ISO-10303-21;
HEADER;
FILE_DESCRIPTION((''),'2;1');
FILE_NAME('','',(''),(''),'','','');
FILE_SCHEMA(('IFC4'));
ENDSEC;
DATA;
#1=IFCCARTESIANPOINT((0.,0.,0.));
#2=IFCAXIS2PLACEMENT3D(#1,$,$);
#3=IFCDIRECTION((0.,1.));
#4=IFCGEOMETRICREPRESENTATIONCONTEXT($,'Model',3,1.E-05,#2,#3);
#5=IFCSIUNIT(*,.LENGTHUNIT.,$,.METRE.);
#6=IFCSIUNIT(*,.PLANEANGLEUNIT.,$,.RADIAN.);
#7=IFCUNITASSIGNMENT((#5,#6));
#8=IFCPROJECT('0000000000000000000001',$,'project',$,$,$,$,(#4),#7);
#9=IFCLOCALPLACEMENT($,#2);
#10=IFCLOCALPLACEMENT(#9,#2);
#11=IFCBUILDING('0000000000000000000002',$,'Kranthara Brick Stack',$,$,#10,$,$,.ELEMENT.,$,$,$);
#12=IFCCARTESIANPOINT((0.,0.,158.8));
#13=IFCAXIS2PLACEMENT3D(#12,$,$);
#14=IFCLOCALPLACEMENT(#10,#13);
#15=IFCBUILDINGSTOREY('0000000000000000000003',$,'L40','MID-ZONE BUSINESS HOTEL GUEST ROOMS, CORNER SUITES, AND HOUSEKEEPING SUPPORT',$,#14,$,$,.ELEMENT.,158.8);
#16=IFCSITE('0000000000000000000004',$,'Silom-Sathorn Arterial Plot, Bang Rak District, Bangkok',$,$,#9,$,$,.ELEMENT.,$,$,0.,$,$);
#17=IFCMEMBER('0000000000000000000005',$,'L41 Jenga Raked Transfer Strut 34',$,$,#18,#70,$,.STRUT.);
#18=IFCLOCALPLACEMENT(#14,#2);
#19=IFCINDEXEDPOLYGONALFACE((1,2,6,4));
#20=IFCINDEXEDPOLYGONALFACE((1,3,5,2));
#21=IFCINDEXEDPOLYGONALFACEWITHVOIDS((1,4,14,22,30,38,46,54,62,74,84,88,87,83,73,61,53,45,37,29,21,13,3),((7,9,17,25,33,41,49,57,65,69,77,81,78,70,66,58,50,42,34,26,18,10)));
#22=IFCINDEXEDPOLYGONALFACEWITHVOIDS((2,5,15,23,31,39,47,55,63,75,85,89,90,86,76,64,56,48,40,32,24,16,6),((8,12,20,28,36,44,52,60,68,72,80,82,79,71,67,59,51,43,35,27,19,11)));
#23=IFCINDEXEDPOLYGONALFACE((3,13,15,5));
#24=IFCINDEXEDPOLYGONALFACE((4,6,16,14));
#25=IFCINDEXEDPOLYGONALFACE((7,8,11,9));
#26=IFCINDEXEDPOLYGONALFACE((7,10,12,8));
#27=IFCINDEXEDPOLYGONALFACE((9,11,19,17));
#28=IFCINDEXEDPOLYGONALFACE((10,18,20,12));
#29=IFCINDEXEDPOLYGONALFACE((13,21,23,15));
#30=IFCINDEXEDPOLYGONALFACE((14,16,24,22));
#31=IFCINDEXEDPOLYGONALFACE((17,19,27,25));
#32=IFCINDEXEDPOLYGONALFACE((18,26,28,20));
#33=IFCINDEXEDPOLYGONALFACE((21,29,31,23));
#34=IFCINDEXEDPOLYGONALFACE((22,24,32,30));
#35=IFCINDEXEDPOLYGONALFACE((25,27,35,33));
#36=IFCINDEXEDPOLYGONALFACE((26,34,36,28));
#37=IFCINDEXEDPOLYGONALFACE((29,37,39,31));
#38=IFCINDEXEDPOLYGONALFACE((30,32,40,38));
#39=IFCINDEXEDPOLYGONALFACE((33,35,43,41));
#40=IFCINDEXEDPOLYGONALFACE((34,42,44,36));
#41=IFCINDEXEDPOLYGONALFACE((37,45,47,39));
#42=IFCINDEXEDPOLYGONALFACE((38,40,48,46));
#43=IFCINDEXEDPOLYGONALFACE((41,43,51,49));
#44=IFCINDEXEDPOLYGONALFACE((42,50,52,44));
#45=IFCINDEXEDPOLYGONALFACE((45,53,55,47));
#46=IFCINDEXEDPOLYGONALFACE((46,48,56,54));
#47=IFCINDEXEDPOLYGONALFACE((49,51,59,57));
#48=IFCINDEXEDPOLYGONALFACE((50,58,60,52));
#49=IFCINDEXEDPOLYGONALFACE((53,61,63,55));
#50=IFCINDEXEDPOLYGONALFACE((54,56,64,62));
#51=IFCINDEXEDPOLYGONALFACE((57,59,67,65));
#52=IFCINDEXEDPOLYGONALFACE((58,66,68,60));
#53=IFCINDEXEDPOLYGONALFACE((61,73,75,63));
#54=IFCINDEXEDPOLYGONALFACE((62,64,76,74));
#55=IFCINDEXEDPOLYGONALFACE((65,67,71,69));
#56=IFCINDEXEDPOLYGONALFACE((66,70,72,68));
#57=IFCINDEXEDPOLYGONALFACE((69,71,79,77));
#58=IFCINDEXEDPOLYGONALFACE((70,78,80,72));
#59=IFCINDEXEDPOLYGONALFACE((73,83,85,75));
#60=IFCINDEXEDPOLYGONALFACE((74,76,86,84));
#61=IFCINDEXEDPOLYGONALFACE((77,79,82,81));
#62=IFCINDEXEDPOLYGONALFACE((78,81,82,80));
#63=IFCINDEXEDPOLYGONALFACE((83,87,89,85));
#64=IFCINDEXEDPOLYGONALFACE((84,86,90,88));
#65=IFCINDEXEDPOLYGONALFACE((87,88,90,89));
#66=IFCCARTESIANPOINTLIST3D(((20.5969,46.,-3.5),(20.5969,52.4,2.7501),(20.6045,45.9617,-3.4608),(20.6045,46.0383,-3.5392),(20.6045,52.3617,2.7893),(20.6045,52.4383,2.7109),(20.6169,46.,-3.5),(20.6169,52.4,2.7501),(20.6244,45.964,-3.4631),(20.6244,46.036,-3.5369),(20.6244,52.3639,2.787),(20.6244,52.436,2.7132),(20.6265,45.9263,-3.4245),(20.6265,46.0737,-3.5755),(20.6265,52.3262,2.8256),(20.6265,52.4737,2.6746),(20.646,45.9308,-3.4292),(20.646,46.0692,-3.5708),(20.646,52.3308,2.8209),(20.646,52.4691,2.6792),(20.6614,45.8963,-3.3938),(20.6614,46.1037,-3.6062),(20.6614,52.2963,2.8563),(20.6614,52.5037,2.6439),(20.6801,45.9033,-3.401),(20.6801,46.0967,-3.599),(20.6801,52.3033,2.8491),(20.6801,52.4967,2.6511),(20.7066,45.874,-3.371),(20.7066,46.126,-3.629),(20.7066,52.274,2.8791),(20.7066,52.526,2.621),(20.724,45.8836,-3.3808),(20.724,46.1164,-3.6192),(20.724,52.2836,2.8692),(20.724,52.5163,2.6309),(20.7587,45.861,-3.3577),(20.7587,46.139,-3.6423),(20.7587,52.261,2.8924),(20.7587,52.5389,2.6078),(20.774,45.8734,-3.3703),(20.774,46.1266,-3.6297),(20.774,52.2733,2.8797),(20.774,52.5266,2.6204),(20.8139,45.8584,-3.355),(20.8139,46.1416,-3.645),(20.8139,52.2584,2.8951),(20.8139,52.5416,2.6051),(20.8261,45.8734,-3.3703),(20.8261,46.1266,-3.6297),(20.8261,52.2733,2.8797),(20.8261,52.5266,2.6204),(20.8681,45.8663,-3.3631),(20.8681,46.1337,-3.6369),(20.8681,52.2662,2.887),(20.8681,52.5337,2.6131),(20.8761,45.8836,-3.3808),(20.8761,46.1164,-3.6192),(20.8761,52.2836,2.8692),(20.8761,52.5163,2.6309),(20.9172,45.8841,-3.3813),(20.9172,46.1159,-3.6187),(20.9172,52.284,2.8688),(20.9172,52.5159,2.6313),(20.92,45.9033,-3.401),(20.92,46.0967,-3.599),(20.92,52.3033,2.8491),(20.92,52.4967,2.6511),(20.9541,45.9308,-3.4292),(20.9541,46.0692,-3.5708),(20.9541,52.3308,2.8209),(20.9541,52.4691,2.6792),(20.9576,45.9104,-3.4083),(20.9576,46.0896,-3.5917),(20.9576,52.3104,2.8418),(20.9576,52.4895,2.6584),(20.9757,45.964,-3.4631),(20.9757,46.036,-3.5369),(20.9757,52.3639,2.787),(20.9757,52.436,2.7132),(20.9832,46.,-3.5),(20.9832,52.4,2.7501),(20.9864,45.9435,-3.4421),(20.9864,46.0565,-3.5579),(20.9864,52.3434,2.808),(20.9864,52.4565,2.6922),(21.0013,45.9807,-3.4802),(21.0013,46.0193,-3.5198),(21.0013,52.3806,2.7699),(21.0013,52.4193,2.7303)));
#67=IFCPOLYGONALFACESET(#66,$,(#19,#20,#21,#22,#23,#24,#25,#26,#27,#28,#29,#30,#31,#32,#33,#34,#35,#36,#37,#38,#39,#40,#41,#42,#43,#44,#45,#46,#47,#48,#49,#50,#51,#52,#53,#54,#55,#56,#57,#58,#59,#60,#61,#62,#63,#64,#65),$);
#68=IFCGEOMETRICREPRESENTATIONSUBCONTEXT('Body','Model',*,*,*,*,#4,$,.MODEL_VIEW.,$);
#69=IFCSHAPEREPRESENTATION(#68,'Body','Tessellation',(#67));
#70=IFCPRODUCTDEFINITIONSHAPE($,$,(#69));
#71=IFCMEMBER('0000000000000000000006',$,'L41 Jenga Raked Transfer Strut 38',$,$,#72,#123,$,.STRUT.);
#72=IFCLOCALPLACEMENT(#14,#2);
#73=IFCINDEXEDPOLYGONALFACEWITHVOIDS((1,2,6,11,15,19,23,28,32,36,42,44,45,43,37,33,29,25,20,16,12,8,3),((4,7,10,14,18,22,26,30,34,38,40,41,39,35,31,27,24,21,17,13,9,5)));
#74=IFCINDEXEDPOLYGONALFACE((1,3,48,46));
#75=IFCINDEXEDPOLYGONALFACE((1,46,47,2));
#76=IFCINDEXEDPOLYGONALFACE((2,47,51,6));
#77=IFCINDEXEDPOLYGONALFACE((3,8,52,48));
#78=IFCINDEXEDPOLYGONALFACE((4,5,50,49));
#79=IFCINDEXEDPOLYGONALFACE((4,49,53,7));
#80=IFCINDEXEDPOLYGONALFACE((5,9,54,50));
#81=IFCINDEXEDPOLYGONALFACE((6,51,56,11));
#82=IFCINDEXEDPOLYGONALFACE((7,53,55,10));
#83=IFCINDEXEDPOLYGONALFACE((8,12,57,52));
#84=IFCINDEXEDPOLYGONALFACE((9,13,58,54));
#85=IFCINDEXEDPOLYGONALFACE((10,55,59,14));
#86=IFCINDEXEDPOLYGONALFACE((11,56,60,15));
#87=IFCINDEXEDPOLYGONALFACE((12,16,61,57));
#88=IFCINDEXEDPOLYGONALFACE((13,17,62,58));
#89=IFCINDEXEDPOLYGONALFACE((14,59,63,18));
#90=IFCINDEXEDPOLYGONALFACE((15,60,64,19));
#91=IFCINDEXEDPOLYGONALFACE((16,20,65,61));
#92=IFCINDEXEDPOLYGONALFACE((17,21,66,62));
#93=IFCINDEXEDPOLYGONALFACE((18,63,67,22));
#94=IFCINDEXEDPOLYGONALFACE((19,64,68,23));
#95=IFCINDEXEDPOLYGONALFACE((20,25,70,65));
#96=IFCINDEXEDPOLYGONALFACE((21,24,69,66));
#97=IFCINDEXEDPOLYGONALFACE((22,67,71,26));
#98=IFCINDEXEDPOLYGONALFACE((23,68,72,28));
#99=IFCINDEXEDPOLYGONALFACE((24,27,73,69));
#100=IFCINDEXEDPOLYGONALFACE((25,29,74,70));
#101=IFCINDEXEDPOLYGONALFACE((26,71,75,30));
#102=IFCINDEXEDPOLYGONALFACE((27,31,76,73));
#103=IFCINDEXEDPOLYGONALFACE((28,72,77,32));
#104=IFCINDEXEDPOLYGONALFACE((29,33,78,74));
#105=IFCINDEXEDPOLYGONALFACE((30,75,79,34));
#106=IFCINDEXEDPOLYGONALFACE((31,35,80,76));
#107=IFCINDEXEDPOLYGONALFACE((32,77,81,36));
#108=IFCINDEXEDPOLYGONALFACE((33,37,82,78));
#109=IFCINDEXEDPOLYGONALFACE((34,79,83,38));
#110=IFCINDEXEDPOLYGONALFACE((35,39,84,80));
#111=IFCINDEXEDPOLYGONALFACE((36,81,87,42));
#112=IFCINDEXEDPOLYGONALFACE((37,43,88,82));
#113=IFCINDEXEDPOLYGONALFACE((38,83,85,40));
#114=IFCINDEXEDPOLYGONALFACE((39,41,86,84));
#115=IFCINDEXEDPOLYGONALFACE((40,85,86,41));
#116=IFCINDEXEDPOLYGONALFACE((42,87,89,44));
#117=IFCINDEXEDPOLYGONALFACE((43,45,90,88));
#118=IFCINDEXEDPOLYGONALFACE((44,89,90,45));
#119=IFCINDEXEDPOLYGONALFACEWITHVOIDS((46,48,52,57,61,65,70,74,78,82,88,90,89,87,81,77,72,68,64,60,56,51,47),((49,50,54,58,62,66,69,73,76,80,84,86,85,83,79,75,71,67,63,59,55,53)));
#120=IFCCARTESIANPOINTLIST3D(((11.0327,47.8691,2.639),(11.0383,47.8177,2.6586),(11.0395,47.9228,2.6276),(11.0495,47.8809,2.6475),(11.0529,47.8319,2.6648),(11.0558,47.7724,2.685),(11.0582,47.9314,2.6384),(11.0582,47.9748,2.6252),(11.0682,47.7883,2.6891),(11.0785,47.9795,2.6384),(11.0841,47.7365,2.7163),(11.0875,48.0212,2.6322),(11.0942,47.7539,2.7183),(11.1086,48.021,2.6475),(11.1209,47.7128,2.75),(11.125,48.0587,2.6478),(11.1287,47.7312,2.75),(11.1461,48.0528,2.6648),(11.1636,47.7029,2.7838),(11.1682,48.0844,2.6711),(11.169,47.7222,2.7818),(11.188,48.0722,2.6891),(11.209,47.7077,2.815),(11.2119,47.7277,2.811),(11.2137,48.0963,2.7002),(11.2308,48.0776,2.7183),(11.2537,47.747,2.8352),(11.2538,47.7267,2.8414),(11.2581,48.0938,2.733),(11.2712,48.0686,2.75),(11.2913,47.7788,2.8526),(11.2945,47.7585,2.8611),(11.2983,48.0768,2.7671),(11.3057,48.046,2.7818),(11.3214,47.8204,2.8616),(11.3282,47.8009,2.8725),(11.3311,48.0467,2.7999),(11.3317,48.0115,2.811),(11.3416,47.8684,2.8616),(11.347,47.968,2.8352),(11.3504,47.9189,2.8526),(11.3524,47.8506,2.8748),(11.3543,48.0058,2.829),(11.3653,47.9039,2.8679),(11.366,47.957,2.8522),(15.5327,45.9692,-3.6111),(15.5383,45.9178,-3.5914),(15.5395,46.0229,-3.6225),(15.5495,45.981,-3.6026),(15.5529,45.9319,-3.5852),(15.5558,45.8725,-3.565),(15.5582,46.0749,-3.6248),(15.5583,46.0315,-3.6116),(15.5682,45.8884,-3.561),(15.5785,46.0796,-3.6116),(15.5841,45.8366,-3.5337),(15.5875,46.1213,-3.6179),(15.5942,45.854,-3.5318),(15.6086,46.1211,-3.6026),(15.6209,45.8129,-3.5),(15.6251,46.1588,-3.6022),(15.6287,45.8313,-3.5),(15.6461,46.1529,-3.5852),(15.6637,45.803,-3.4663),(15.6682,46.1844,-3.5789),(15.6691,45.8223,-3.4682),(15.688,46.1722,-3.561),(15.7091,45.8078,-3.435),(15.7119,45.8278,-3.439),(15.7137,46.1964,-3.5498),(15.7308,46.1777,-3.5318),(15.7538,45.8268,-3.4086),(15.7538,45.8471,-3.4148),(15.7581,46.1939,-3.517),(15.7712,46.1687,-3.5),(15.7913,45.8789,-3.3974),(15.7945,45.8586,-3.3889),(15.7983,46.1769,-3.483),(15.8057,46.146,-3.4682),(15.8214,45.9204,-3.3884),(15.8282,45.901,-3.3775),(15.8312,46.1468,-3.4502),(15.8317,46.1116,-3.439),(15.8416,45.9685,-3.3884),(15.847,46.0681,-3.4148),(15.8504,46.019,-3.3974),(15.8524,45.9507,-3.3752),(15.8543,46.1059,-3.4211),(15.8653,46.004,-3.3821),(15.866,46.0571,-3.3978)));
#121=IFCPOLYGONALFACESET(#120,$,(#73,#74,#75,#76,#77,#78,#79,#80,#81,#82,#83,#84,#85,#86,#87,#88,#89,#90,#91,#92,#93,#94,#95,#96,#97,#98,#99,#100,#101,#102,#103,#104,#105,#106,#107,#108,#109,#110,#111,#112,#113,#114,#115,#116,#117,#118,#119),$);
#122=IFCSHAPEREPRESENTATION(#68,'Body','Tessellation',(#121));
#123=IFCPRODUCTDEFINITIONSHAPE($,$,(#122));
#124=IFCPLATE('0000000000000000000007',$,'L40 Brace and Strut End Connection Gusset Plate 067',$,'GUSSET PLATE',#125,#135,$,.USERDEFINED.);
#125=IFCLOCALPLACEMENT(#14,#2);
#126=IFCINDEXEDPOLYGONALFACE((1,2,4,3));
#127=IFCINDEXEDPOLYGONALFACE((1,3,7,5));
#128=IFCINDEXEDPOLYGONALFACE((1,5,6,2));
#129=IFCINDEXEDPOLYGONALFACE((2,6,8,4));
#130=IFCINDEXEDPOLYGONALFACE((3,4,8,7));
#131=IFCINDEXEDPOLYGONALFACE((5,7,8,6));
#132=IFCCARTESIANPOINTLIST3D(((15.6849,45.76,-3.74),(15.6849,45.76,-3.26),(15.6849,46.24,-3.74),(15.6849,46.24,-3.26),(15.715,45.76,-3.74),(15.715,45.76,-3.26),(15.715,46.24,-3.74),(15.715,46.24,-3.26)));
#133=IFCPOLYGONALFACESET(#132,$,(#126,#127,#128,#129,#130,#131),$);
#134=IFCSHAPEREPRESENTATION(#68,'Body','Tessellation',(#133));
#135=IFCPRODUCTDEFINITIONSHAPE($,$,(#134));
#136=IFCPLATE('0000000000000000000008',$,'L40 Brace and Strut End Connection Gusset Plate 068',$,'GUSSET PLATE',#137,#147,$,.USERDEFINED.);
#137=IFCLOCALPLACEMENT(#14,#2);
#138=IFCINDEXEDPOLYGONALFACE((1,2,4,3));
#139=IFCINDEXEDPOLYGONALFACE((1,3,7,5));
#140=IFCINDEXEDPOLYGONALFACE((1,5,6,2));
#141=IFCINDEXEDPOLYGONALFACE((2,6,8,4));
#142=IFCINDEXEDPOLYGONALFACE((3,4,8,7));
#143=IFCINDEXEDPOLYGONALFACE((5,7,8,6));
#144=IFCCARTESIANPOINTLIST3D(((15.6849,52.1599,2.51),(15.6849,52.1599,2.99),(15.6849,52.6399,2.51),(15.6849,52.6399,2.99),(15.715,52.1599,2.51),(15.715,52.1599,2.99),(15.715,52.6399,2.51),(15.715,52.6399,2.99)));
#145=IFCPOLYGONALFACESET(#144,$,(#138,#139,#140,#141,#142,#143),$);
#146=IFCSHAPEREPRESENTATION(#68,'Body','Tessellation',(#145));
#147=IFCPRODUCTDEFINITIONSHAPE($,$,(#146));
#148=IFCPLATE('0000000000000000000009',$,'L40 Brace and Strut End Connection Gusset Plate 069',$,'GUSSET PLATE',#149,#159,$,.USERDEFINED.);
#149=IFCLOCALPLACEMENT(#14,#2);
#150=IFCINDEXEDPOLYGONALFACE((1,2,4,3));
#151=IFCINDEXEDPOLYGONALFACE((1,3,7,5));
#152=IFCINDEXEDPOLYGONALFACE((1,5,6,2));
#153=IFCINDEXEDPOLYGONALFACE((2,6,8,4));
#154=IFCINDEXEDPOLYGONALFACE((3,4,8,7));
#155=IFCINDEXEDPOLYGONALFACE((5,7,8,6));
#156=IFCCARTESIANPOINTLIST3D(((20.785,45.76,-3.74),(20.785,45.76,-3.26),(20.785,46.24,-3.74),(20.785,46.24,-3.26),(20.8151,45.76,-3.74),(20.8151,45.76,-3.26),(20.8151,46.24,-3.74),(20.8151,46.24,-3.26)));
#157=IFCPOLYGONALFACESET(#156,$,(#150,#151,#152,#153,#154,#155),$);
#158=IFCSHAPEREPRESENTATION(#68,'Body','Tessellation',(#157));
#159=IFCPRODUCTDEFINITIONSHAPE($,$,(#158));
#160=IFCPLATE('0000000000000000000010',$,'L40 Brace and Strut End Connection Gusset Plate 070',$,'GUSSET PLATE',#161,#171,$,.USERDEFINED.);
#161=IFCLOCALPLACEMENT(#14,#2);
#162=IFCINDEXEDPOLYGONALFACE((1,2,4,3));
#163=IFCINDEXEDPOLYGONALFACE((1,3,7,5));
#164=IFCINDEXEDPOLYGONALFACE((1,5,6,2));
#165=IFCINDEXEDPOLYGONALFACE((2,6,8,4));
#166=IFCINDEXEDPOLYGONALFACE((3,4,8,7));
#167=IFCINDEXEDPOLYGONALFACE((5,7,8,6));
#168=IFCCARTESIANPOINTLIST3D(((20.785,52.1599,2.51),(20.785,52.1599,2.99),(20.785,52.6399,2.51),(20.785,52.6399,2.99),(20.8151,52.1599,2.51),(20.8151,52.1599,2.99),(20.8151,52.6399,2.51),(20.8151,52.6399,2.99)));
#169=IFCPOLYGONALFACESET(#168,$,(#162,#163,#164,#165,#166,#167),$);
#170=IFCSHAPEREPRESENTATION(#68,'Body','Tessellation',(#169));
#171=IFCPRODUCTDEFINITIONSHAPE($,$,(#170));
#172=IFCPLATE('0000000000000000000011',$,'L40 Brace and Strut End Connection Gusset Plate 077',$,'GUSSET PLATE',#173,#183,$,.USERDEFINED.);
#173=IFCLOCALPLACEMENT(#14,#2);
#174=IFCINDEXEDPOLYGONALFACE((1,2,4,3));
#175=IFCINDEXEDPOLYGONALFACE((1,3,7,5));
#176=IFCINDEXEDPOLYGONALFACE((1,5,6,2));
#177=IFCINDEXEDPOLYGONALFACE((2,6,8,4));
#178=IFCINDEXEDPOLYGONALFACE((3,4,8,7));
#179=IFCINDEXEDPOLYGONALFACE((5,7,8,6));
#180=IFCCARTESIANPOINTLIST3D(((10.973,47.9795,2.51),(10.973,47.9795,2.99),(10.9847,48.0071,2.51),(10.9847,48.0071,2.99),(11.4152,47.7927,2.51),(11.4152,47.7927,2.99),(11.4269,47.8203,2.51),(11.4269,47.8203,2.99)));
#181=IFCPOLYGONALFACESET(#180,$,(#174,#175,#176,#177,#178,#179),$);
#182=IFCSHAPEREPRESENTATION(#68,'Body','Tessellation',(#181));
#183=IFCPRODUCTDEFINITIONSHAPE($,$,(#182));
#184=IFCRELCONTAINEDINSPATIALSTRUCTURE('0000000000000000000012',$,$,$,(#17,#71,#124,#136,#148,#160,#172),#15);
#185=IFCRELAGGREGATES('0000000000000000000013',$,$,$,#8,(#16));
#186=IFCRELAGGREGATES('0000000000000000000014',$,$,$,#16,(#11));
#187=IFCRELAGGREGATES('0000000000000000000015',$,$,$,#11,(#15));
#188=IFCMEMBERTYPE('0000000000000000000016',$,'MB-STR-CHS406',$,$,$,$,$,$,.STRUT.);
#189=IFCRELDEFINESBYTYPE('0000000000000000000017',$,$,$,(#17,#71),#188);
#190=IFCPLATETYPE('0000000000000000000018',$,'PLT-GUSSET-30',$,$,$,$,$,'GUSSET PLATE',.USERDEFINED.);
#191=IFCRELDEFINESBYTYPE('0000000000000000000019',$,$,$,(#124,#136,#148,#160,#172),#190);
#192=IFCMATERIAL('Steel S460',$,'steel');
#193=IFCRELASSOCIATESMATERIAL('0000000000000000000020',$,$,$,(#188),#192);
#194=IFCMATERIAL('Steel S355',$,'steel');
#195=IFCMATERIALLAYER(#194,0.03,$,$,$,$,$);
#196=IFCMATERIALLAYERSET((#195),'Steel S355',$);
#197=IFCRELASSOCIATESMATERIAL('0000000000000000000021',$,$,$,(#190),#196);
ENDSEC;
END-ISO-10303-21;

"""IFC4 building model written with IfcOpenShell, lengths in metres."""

from ifc_helpers import new_model, si_unit, direction, frame, origin, origin_2d, place, context, subcontext, project, spatial, rectangle, hollow_circle, extrude, material, layer, layer_set, material_profile, profile_set, type_object, element, save


model = new_model("IFC4")

# Units and contexts
model_context = context("Model", 3, precision=1e-05, world=origin(), true_north=direction((0.0, 1.0)))
body_context = subcontext(model_context, "Body", "Model", "MODEL_VIEW")
ifc_project = project(units=[si_unit("LENGTHUNIT", "METRE"), si_unit("PLANEANGLEUNIT", "RADIAN")], contexts=[model_context])

# Site, building, storey
site_placement = place(None, origin())
site = spatial("IfcSite", under=ifc_project, at=site_placement, Name="Silom-Sathorn Arterial Plot, Bang Rak District, Bangkok", CompositionType="ELEMENT", RefElevation=0.0)
building_placement = place(site_placement, origin())
building = spatial("IfcBuilding", under=site, at=building_placement, Name="Kranthara Brick Stack", CompositionType="ELEMENT")
storey_placement = place(building_placement, frame((0.0, 0.0, 158.8)))
storey = spatial("IfcBuildingStorey", under=building, at=storey_placement, Name="L40", Description="MID-ZONE BUSINESS HOTEL GUEST ROOMS, CORNER SUITES, AND HOUSEKEEPING SUPPORT", CompositionType="ELEMENT", Elevation=158.8)

# Members
ifc_material_1 = material(Name="Steel S460", Category="steel")
ifc_material_profile_1 = material_profile(ifc_material_1, hollow_circle(Radius=0.2031, WallThickness=0.02, at=origin_2d()), Name="CHS 406.4x20")
ifc_profile_set_1 = profile_set([ifc_material_profile_1], Name="Steel S460")
member_type = type_object("IfcMemberType", Name="MB-STR-CHS406", PredefinedType="STRUT", material=ifc_profile_set_1)
for number, where, z_axis, x_axis, name in (
    (1, (20.8, 46.0, -3.5), (0.0, 0.715436, 0.698678), (-1.0, 0.0, 0.0), "L41 Jenga Raked Transfer Strut 34"),
):
    element("IfcMember", number, at=place(storey_placement, frame(where, z_axis=z_axis, x_axis=x_axis)), inside=storey, type_object=member_type, Name=name, PredefinedType="STRUT", context=body_context, shape_type="SweptSolid", body=[
        extrude(hollow_circle(Radius=0.2031, WallThickness=0.02, at=origin_2d()), origin(), (0.0, 0.0, 1.0), 8.9456),
    ])
member_placement = place(storey_placement, frame((15.7, 46.0, -3.5), z_axis=(-0.567297, 0.239513, 0.787913), x_axis=(-0.388955, -0.921257, 0.0)))
element("IfcMember", 2, at=member_placement, inside=storey, type_object=member_type, Name="L41 Jenga Raked Transfer Strut 38", PredefinedType="STRUT", context=body_context, shape_type="SweptSolid", body=[
    extrude(hollow_circle(Radius=0.2031, WallThickness=0.02, at=origin_2d()), origin(), (0.0, 0.0, 1.0), 7.9324),
])

# Plates
ifc_material_2 = material(Name="Steel S355", Category="steel")
ifc_layer_1 = layer(ifc_material_2, 0.03)
ifc_layer_set_1 = layer_set([ifc_layer_1], Name="Steel S355")
plate_type = type_object("IfcPlateType", Name="PLT-GUSSET-30", ElementType="GUSSET PLATE", PredefinedType="USERDEFINED", material=ifc_layer_set_1)
for number, where, z_axis, x_axis, name in (
    (3, (15.7, 46.0, -3.74), (0.0, 0.0, 1.0), (0.0, 1.0, 0.0), "L40 Brace and Strut End Connection Gusset Plate 067"),
    (4, (15.7, 52.3999, 2.51), (0.0, 0.0, 1.0), (0.0, 1.0, 0.0), "L40 Brace and Strut End Connection Gusset Plate 068"),
    (5, (20.8, 46.0, -3.74), (0.0, 0.0, 1.0), (0.0, 1.0, 0.0), "L40 Brace and Strut End Connection Gusset Plate 069"),
    (6, (20.8, 52.3999, 2.51), (0.0, 0.0, 1.0), (0.0, 1.0, 0.0), "L40 Brace and Strut End Connection Gusset Plate 070"),
    (7, (11.2, 47.8999, 2.51), (0.0, 0.0, 1.0), (-0.921185, 0.389124, 0.0), "L40 Brace and Strut End Connection Gusset Plate 077"),
):
    element("IfcPlate", number, at=place(storey_placement, frame(where, z_axis=z_axis, x_axis=x_axis)), inside=storey, type_object=plate_type, Name=name, ObjectType="GUSSET PLATE", PredefinedType="USERDEFINED", context=body_context, shape_type="SweptSolid", body=[
        extrude(rectangle(XDim=0.48, YDim=0.03, at=origin_2d()), origin(), (0.0, 0.0, 1.0), 0.48),
    ])

save(model, "model.ifc")
